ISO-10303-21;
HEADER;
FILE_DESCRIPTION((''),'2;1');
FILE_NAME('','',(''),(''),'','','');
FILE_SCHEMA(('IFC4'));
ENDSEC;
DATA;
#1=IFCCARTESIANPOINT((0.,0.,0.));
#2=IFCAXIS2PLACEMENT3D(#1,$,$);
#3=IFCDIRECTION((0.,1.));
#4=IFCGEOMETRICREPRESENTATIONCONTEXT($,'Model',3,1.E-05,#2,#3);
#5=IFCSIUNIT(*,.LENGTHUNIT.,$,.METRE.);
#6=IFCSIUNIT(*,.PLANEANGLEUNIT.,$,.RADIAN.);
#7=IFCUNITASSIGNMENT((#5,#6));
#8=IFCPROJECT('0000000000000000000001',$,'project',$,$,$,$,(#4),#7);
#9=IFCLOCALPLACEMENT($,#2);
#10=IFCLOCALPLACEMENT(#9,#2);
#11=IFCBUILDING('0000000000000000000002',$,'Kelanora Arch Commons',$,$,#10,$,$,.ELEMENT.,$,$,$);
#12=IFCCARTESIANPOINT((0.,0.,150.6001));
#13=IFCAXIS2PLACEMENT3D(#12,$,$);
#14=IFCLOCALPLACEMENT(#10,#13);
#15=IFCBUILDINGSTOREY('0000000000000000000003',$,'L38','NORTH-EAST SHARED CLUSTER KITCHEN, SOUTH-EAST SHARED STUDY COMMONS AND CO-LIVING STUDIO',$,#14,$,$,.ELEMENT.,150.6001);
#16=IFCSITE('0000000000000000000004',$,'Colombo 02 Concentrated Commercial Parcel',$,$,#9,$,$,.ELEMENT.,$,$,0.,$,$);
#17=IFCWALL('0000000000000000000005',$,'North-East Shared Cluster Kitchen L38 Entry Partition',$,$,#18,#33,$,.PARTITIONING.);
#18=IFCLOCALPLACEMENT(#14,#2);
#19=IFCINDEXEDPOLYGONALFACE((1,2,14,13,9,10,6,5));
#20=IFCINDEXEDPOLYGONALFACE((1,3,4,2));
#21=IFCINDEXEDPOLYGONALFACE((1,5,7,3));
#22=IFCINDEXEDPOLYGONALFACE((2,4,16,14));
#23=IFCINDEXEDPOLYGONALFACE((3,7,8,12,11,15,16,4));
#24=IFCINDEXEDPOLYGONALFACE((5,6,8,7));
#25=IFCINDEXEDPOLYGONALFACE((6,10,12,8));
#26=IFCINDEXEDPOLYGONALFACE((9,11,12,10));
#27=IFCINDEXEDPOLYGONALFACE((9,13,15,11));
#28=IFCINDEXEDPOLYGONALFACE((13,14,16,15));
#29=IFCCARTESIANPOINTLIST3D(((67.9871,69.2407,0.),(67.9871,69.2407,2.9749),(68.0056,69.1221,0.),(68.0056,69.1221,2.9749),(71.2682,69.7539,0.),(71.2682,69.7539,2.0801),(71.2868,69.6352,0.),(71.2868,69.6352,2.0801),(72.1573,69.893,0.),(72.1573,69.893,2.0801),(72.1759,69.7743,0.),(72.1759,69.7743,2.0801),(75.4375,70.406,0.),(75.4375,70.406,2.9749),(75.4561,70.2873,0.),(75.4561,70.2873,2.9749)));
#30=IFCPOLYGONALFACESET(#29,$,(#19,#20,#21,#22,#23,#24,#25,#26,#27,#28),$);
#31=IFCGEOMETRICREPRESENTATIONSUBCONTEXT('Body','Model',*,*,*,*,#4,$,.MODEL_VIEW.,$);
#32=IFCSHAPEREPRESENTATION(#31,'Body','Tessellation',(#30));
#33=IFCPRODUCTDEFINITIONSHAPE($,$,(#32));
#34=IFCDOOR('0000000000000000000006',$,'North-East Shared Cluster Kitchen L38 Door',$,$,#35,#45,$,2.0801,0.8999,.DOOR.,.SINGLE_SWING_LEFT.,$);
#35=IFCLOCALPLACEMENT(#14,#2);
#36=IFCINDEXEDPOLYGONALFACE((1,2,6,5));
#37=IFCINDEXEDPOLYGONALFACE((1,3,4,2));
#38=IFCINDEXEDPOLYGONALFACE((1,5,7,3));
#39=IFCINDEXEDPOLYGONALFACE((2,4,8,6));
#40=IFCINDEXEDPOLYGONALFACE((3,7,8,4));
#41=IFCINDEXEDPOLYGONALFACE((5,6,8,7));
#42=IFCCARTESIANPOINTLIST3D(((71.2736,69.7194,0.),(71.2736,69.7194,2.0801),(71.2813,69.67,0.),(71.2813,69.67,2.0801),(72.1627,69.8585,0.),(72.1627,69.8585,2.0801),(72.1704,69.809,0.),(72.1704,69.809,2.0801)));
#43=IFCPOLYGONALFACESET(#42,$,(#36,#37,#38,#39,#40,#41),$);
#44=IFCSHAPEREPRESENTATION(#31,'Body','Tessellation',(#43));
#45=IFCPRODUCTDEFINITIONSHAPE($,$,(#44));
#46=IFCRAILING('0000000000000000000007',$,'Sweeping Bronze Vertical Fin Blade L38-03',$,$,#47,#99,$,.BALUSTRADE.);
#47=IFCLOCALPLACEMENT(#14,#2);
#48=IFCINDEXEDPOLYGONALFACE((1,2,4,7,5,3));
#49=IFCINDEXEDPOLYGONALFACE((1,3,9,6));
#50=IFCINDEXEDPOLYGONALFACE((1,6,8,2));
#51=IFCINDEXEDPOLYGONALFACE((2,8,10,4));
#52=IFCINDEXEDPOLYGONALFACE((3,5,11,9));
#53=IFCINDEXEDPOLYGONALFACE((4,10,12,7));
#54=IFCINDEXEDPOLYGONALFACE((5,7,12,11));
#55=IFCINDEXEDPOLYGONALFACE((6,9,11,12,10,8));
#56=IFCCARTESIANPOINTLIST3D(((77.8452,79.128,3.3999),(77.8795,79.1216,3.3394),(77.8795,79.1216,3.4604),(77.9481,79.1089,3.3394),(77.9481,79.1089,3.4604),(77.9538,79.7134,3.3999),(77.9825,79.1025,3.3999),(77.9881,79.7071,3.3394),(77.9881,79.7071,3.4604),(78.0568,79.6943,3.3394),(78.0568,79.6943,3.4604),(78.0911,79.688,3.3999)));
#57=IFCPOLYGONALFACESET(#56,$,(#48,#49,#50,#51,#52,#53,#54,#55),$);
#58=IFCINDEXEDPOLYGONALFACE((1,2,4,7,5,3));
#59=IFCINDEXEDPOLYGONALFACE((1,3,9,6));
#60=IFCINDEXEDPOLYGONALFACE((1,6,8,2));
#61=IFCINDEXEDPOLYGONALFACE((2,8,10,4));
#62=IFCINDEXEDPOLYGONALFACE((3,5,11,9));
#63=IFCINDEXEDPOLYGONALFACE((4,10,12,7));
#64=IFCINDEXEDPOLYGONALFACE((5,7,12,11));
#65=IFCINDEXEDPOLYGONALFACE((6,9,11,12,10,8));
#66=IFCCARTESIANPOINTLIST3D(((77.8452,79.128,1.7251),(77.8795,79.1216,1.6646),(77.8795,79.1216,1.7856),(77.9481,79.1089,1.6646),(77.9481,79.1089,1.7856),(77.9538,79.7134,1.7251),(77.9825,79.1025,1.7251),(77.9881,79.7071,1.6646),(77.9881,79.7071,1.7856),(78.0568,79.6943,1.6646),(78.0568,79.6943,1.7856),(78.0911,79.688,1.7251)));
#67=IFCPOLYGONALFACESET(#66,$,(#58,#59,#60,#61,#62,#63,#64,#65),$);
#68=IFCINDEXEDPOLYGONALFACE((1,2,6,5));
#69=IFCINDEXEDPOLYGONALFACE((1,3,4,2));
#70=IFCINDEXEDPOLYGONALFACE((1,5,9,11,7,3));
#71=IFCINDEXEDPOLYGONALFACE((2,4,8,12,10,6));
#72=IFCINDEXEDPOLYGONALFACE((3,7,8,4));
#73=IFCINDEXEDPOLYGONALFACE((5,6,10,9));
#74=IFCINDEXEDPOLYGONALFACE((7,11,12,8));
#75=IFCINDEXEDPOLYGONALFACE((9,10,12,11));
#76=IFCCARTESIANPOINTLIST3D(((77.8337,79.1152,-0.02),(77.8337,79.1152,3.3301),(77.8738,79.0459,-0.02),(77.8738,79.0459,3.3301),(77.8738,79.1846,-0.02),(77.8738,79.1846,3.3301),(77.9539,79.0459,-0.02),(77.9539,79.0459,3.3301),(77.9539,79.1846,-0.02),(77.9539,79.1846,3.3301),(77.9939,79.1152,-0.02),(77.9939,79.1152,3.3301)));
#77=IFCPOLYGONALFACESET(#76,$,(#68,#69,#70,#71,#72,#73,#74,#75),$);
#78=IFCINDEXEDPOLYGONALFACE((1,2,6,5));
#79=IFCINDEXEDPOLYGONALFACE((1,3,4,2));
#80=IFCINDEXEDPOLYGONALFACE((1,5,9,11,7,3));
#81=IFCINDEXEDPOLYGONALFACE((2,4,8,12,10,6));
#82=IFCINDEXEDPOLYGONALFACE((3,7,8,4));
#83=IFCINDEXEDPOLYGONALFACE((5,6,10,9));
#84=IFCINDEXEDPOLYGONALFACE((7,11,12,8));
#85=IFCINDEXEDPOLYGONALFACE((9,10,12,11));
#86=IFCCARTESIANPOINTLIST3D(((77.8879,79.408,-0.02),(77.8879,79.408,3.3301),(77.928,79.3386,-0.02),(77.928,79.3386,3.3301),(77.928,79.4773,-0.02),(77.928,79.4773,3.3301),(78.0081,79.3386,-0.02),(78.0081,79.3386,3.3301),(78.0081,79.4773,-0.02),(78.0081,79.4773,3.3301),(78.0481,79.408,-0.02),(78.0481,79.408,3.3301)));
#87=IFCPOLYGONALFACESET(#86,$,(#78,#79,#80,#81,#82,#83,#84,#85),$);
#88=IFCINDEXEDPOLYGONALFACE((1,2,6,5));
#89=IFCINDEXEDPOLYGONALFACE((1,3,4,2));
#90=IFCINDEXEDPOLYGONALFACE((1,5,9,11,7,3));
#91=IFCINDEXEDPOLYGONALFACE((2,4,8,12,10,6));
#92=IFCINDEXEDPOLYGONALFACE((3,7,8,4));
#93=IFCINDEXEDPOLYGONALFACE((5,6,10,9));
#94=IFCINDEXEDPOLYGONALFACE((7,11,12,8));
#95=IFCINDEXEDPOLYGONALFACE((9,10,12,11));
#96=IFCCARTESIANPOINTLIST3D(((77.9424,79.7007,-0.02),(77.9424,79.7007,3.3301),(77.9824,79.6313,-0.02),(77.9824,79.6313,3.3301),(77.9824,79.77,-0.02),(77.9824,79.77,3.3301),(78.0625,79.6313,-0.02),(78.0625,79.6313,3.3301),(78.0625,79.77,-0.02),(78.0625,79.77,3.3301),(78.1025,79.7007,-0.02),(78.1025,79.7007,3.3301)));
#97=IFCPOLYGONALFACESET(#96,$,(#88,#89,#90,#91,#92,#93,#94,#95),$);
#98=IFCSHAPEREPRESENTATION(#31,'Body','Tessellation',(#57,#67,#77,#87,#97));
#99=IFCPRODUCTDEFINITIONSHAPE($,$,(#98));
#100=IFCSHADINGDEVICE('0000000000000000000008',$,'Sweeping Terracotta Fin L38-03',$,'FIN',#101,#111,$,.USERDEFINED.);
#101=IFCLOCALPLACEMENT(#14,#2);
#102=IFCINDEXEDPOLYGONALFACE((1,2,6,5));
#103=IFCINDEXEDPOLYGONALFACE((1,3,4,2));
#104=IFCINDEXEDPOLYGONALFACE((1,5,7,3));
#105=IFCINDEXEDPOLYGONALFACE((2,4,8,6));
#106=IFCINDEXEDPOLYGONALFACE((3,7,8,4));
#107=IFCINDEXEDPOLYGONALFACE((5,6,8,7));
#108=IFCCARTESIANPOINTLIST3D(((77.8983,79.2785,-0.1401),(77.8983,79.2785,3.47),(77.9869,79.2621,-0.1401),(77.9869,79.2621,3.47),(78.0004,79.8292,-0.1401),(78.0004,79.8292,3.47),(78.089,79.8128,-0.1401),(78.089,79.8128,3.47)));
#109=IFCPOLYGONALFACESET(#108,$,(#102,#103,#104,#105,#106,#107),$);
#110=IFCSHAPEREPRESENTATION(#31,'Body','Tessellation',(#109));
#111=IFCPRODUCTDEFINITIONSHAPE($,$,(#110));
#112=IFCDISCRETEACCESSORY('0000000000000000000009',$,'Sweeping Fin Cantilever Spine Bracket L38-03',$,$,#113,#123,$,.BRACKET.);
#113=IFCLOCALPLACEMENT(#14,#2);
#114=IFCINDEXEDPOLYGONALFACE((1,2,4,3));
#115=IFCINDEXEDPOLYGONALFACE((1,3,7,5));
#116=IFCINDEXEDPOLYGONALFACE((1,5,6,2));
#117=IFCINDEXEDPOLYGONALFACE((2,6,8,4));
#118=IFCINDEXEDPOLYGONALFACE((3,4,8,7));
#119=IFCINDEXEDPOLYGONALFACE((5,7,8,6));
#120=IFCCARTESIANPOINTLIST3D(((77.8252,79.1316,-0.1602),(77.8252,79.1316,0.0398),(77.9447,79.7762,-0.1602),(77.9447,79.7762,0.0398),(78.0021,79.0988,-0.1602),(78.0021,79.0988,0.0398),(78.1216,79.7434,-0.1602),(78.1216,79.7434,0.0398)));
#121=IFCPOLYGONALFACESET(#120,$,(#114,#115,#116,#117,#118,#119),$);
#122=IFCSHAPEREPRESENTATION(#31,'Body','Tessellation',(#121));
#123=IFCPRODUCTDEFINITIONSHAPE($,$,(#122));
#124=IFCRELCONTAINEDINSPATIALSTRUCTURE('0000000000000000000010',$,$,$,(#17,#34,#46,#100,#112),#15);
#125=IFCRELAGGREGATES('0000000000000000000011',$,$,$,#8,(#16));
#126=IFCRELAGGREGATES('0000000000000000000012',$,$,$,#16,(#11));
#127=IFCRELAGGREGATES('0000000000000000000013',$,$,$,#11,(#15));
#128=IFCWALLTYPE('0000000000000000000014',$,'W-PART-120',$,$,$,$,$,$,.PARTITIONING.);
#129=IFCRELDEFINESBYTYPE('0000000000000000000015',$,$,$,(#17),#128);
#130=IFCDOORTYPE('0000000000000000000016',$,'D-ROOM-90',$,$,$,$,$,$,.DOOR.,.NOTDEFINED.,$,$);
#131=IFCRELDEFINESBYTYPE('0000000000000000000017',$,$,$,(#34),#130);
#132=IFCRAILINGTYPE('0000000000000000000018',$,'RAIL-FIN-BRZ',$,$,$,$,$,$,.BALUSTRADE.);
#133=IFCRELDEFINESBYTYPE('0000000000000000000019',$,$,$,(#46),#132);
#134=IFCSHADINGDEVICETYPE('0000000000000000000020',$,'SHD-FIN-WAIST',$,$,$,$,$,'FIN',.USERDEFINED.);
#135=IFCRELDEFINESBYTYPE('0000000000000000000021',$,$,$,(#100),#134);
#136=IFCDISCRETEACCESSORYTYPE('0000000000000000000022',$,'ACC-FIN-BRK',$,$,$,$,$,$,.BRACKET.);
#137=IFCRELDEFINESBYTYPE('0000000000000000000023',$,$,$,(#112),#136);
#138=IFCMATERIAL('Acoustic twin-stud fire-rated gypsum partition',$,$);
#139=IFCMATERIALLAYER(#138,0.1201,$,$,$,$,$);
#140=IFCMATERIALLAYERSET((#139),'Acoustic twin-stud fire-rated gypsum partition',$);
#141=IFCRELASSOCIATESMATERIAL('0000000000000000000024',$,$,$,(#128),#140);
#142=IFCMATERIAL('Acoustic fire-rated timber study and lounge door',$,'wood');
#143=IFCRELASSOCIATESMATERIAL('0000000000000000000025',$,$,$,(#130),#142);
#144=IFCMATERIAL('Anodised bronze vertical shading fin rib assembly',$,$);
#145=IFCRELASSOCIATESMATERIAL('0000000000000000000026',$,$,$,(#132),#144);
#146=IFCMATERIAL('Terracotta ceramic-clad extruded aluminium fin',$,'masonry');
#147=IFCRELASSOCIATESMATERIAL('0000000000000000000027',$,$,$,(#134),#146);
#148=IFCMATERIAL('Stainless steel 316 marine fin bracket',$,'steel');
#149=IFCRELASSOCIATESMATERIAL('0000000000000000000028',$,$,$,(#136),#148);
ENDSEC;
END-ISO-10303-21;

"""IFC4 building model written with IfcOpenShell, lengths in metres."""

from ifc_helpers import new_model, si_unit, direction, frame, frame_2d, origin, origin_2d, place, context, subcontext, project, spatial, polyline, rectangle, outline, extrude, source, transform, mapped, material, layer, layer_set, type_object, element, fill, save


model = new_model("IFC4")

# Units and contexts
model_context = context("Model", 3, precision=1e-05, world=origin(), true_north=direction((0.0, 1.0)))
body_context = subcontext(model_context, "Body", "Model", "MODEL_VIEW")
ifc_project = project(units=[si_unit("LENGTHUNIT", "METRE"), si_unit("PLANEANGLEUNIT", "RADIAN")], contexts=[model_context])

# Site, building, storey
site_placement = place(None, origin())
site = spatial("IfcSite", under=ifc_project, at=site_placement, Name="Colombo 02 Concentrated Commercial Parcel", CompositionType="ELEMENT", RefElevation=0.0)
building_placement = place(site_placement, origin())
building = spatial("IfcBuilding", under=site, at=building_placement, Name="Kelanora Arch Commons", CompositionType="ELEMENT")
storey_placement = place(building_placement, frame((0.0, 0.0, 150.6001)))
storey = spatial("IfcBuildingStorey", under=building, at=storey_placement, Name="L38", Description="NORTH-EAST SHARED CLUSTER KITCHEN, SOUTH-EAST SHARED STUDY COMMONS AND CO-LIVING STUDIO", CompositionType="ELEMENT", Elevation=150.6001)

# Wall, opening, door
ifc_material_1 = material(Name="Acoustic twin-stud fire-rated gypsum partition")
ifc_layer_1 = layer(ifc_material_1, 0.1201)
ifc_layer_set_1 = layer_set([ifc_layer_1], Name="Acoustic twin-stud fire-rated gypsum partition")
wall_type_1 = type_object("IfcWallType", Name="W-PART-120", PredefinedType="PARTITIONING", material=ifc_layer_set_1)
wall_1_placement = place(storey_placement, frame((75.4468, 70.3467, 0.0), z_axis=(0.0, 0.0, 1.0), x_axis=(-0.987989, -0.154526, 0.0)))
wall_1 = element("IfcWall", 1, at=wall_1_placement, inside=storey, type_object=wall_type_1, Name="North-East Shared Cluster Kitchen L38 Entry Partition", PredefinedType="PARTITIONING", context=body_context, shape_type="SweptSolid", body=[
    extrude(rectangle(XDim=7.541, YDim=0.1201, at=frame_2d((3.7705, 0.0))), origin(), (0.0, 0.0, 1.0), 2.9749),
])
opening_1_placement = place(wall_1_placement, frame((3.3201, 0.0, 0.0)))
opening_1 = element("IfcOpeningElement", 2, at=opening_1_placement, cuts=wall_1, PredefinedType="OPENING", context=body_context, shape_type="SweptSolid", body=[
    extrude(rectangle(XDim=0.8999, YDim=2.0801, at=frame_2d((0.45, 1.04))), frame((0.0, 0.0701, 0.0), z_axis=(0.0, -1.0, 0.0), x_axis=(1.0, 0.0, 0.0)), (0.0, 0.0, 1.0), 0.1401),
])
ifc_material_2 = material(Name="Acoustic fire-rated timber study and lounge door", Category="wood")
door_type = type_object("IfcDoorType", Name="D-ROOM-90", OperationType="NOTDEFINED", PredefinedType="DOOR", material=ifc_material_2)
door_placement = place(opening_1_placement, origin())
door = element("IfcDoor", 3, at=door_placement, inside=storey, type_object=door_type, Name="North-East Shared Cluster Kitchen L38 Door", OperationType="SINGLE_SWING_LEFT", OverallHeight=2.0801, OverallWidth=0.8999, PredefinedType="DOOR", context=body_context, shape_type="SweptSolid", body=[
    extrude(rectangle(XDim=0.8999, YDim=2.0801, at=frame_2d((0.45, 1.04))), frame((0.0, 0.0249, 0.0), z_axis=(0.0, -1.0, 0.0), x_axis=(1.0, 0.0, 0.0)), (0.0, 0.0, 1.0), 0.05),
])
fill(opening_1, door)

# Railing
ifc_material_3 = material(Name="Anodised bronze vertical shading fin rib assembly")
railing_type = type_object("IfcRailingType", Name="RAIL-FIN-BRZ", PredefinedType="BALUSTRADE", material=ifc_material_3)
railing_placement = place(storey_placement, frame((77.9138, 79.1152, -0.02)))
element("IfcRailing", 4, at=railing_placement, inside=storey, type_object=railing_type, Name="Sweeping Bronze Vertical Fin Blade L38-03", PredefinedType="BALUSTRADE", context=body_context, shape_type="SweptSolid", body=[
    extrude(outline(polyline([(0.0698, 0.0), (0.0349, 0.0605), (-0.0349, 0.0605), (-0.0698, 0.0), (-0.0349, -0.0605), (0.0349, -0.0605), (0.0698, 0.0)])), frame((0.0, 0.0, 3.4199), z_axis=(0.182456, 0.983214, 0.0), x_axis=(-0.983214, 0.182456, 0.0)), (0.0, 0.0, 1.0), 0.5955),
    extrude(outline(polyline([(0.0698, 0.0), (0.0349, 0.0605), (-0.0349, 0.0605), (-0.0698, 0.0), (-0.0349, -0.0605), (0.0349, -0.0605), (0.0698, 0.0)])), frame((0.0, 0.0, 1.7451), z_axis=(0.182456, 0.983214, 0.0), x_axis=(-0.983214, 0.182456, 0.0)), (0.0, 0.0, 1.0), 0.5955),
    extrude(outline(polyline([(0.0801, 0.0), (0.04, 0.0693), (-0.04, 0.0693), (-0.0801, 0.0), (-0.04, -0.0693), (0.04, -0.0693), (0.0801, 0.0)])), origin(), (0.0, 0.0, 1.0), 3.3501),
    extrude(outline(polyline([(0.0801, 0.0), (0.04, 0.0693), (-0.04, 0.0693), (-0.0801, 0.0), (-0.04, -0.0693), (0.04, -0.0693), (0.0801, 0.0)])), frame((0.0542, 0.2927, 0.0)), (0.0, 0.0, 1.0), 3.3501),
    extrude(outline(polyline([(0.0801, 0.0), (0.04, 0.0693), (-0.04, 0.0693), (-0.0801, 0.0), (-0.04, -0.0693), (0.04, -0.0693), (0.0801, 0.0)])), frame((0.1086, 0.5854, 0.0)), (0.0, 0.0, 1.0), 3.3501),
])

# Shading device
ifc_material_4 = material(Name="Terracotta ceramic-clad extruded aluminium fin", Category="masonry")
shading_device_type = type_object("IfcShadingDeviceType", Name="SHD-FIN-WAIST", ElementType="FIN", PredefinedType="USERDEFINED", material=ifc_material_4)
shared_shape_1 = source(origin(), body_context, "Body", "SweptSolid", [
    extrude(rectangle(XDim=0.5601, YDim=0.0901, at=origin_2d()), origin(), (0.0, 0.0, 1.0), 3.6101),
])
shading_device_placement = place(storey_placement, frame((77.9937, 79.5457, -0.1401), z_axis=(0.0, 0.0, 1.0), x_axis=(0.182236, 0.983255, 0.0)))
element("IfcShadingDevice", 5, at=shading_device_placement, inside=storey, type_object=shading_device_type, Name="Sweeping Terracotta Fin L38-03", ObjectType="FIN", PredefinedType="USERDEFINED", context=body_context, shape_type="MappedRepresentation", body=[
    mapped(shared_shape_1, transform((0.0, 0.0, 0.0), scale=1.0)),
])

# Discrete accessory
ifc_material_5 = material(Name="Stainless steel 316 marine fin bracket", Category="steel")
discrete_accessory_type = type_object("IfcDiscreteAccessoryType", Name="ACC-FIN-BRK", PredefinedType="BRACKET", material=ifc_material_5)
shared_shape_2 = source(origin(), body_context, "Body", "SweptSolid", [
    extrude(rectangle(XDim=0.6555, YDim=0.1799, at=origin_2d()), origin(), (0.0, 0.0, 1.0), 0.2),
])
discrete_accessory_placement = place(storey_placement, frame((77.9734, 79.4375, -0.1602), z_axis=(0.0, 0.0, 1.0), x_axis=(0.182236, 0.983255, 0.0)))
element("IfcDiscreteAccessory", 6, at=discrete_accessory_placement, inside=storey, type_object=discrete_accessory_type, Name="Sweeping Fin Cantilever Spine Bracket L38-03", PredefinedType="BRACKET", context=body_context, shape_type="MappedRepresentation", body=[
    mapped(shared_shape_2, transform((0.0, 0.0, 0.0), scale=1.0)),
])

save(model, "model.ifc")
